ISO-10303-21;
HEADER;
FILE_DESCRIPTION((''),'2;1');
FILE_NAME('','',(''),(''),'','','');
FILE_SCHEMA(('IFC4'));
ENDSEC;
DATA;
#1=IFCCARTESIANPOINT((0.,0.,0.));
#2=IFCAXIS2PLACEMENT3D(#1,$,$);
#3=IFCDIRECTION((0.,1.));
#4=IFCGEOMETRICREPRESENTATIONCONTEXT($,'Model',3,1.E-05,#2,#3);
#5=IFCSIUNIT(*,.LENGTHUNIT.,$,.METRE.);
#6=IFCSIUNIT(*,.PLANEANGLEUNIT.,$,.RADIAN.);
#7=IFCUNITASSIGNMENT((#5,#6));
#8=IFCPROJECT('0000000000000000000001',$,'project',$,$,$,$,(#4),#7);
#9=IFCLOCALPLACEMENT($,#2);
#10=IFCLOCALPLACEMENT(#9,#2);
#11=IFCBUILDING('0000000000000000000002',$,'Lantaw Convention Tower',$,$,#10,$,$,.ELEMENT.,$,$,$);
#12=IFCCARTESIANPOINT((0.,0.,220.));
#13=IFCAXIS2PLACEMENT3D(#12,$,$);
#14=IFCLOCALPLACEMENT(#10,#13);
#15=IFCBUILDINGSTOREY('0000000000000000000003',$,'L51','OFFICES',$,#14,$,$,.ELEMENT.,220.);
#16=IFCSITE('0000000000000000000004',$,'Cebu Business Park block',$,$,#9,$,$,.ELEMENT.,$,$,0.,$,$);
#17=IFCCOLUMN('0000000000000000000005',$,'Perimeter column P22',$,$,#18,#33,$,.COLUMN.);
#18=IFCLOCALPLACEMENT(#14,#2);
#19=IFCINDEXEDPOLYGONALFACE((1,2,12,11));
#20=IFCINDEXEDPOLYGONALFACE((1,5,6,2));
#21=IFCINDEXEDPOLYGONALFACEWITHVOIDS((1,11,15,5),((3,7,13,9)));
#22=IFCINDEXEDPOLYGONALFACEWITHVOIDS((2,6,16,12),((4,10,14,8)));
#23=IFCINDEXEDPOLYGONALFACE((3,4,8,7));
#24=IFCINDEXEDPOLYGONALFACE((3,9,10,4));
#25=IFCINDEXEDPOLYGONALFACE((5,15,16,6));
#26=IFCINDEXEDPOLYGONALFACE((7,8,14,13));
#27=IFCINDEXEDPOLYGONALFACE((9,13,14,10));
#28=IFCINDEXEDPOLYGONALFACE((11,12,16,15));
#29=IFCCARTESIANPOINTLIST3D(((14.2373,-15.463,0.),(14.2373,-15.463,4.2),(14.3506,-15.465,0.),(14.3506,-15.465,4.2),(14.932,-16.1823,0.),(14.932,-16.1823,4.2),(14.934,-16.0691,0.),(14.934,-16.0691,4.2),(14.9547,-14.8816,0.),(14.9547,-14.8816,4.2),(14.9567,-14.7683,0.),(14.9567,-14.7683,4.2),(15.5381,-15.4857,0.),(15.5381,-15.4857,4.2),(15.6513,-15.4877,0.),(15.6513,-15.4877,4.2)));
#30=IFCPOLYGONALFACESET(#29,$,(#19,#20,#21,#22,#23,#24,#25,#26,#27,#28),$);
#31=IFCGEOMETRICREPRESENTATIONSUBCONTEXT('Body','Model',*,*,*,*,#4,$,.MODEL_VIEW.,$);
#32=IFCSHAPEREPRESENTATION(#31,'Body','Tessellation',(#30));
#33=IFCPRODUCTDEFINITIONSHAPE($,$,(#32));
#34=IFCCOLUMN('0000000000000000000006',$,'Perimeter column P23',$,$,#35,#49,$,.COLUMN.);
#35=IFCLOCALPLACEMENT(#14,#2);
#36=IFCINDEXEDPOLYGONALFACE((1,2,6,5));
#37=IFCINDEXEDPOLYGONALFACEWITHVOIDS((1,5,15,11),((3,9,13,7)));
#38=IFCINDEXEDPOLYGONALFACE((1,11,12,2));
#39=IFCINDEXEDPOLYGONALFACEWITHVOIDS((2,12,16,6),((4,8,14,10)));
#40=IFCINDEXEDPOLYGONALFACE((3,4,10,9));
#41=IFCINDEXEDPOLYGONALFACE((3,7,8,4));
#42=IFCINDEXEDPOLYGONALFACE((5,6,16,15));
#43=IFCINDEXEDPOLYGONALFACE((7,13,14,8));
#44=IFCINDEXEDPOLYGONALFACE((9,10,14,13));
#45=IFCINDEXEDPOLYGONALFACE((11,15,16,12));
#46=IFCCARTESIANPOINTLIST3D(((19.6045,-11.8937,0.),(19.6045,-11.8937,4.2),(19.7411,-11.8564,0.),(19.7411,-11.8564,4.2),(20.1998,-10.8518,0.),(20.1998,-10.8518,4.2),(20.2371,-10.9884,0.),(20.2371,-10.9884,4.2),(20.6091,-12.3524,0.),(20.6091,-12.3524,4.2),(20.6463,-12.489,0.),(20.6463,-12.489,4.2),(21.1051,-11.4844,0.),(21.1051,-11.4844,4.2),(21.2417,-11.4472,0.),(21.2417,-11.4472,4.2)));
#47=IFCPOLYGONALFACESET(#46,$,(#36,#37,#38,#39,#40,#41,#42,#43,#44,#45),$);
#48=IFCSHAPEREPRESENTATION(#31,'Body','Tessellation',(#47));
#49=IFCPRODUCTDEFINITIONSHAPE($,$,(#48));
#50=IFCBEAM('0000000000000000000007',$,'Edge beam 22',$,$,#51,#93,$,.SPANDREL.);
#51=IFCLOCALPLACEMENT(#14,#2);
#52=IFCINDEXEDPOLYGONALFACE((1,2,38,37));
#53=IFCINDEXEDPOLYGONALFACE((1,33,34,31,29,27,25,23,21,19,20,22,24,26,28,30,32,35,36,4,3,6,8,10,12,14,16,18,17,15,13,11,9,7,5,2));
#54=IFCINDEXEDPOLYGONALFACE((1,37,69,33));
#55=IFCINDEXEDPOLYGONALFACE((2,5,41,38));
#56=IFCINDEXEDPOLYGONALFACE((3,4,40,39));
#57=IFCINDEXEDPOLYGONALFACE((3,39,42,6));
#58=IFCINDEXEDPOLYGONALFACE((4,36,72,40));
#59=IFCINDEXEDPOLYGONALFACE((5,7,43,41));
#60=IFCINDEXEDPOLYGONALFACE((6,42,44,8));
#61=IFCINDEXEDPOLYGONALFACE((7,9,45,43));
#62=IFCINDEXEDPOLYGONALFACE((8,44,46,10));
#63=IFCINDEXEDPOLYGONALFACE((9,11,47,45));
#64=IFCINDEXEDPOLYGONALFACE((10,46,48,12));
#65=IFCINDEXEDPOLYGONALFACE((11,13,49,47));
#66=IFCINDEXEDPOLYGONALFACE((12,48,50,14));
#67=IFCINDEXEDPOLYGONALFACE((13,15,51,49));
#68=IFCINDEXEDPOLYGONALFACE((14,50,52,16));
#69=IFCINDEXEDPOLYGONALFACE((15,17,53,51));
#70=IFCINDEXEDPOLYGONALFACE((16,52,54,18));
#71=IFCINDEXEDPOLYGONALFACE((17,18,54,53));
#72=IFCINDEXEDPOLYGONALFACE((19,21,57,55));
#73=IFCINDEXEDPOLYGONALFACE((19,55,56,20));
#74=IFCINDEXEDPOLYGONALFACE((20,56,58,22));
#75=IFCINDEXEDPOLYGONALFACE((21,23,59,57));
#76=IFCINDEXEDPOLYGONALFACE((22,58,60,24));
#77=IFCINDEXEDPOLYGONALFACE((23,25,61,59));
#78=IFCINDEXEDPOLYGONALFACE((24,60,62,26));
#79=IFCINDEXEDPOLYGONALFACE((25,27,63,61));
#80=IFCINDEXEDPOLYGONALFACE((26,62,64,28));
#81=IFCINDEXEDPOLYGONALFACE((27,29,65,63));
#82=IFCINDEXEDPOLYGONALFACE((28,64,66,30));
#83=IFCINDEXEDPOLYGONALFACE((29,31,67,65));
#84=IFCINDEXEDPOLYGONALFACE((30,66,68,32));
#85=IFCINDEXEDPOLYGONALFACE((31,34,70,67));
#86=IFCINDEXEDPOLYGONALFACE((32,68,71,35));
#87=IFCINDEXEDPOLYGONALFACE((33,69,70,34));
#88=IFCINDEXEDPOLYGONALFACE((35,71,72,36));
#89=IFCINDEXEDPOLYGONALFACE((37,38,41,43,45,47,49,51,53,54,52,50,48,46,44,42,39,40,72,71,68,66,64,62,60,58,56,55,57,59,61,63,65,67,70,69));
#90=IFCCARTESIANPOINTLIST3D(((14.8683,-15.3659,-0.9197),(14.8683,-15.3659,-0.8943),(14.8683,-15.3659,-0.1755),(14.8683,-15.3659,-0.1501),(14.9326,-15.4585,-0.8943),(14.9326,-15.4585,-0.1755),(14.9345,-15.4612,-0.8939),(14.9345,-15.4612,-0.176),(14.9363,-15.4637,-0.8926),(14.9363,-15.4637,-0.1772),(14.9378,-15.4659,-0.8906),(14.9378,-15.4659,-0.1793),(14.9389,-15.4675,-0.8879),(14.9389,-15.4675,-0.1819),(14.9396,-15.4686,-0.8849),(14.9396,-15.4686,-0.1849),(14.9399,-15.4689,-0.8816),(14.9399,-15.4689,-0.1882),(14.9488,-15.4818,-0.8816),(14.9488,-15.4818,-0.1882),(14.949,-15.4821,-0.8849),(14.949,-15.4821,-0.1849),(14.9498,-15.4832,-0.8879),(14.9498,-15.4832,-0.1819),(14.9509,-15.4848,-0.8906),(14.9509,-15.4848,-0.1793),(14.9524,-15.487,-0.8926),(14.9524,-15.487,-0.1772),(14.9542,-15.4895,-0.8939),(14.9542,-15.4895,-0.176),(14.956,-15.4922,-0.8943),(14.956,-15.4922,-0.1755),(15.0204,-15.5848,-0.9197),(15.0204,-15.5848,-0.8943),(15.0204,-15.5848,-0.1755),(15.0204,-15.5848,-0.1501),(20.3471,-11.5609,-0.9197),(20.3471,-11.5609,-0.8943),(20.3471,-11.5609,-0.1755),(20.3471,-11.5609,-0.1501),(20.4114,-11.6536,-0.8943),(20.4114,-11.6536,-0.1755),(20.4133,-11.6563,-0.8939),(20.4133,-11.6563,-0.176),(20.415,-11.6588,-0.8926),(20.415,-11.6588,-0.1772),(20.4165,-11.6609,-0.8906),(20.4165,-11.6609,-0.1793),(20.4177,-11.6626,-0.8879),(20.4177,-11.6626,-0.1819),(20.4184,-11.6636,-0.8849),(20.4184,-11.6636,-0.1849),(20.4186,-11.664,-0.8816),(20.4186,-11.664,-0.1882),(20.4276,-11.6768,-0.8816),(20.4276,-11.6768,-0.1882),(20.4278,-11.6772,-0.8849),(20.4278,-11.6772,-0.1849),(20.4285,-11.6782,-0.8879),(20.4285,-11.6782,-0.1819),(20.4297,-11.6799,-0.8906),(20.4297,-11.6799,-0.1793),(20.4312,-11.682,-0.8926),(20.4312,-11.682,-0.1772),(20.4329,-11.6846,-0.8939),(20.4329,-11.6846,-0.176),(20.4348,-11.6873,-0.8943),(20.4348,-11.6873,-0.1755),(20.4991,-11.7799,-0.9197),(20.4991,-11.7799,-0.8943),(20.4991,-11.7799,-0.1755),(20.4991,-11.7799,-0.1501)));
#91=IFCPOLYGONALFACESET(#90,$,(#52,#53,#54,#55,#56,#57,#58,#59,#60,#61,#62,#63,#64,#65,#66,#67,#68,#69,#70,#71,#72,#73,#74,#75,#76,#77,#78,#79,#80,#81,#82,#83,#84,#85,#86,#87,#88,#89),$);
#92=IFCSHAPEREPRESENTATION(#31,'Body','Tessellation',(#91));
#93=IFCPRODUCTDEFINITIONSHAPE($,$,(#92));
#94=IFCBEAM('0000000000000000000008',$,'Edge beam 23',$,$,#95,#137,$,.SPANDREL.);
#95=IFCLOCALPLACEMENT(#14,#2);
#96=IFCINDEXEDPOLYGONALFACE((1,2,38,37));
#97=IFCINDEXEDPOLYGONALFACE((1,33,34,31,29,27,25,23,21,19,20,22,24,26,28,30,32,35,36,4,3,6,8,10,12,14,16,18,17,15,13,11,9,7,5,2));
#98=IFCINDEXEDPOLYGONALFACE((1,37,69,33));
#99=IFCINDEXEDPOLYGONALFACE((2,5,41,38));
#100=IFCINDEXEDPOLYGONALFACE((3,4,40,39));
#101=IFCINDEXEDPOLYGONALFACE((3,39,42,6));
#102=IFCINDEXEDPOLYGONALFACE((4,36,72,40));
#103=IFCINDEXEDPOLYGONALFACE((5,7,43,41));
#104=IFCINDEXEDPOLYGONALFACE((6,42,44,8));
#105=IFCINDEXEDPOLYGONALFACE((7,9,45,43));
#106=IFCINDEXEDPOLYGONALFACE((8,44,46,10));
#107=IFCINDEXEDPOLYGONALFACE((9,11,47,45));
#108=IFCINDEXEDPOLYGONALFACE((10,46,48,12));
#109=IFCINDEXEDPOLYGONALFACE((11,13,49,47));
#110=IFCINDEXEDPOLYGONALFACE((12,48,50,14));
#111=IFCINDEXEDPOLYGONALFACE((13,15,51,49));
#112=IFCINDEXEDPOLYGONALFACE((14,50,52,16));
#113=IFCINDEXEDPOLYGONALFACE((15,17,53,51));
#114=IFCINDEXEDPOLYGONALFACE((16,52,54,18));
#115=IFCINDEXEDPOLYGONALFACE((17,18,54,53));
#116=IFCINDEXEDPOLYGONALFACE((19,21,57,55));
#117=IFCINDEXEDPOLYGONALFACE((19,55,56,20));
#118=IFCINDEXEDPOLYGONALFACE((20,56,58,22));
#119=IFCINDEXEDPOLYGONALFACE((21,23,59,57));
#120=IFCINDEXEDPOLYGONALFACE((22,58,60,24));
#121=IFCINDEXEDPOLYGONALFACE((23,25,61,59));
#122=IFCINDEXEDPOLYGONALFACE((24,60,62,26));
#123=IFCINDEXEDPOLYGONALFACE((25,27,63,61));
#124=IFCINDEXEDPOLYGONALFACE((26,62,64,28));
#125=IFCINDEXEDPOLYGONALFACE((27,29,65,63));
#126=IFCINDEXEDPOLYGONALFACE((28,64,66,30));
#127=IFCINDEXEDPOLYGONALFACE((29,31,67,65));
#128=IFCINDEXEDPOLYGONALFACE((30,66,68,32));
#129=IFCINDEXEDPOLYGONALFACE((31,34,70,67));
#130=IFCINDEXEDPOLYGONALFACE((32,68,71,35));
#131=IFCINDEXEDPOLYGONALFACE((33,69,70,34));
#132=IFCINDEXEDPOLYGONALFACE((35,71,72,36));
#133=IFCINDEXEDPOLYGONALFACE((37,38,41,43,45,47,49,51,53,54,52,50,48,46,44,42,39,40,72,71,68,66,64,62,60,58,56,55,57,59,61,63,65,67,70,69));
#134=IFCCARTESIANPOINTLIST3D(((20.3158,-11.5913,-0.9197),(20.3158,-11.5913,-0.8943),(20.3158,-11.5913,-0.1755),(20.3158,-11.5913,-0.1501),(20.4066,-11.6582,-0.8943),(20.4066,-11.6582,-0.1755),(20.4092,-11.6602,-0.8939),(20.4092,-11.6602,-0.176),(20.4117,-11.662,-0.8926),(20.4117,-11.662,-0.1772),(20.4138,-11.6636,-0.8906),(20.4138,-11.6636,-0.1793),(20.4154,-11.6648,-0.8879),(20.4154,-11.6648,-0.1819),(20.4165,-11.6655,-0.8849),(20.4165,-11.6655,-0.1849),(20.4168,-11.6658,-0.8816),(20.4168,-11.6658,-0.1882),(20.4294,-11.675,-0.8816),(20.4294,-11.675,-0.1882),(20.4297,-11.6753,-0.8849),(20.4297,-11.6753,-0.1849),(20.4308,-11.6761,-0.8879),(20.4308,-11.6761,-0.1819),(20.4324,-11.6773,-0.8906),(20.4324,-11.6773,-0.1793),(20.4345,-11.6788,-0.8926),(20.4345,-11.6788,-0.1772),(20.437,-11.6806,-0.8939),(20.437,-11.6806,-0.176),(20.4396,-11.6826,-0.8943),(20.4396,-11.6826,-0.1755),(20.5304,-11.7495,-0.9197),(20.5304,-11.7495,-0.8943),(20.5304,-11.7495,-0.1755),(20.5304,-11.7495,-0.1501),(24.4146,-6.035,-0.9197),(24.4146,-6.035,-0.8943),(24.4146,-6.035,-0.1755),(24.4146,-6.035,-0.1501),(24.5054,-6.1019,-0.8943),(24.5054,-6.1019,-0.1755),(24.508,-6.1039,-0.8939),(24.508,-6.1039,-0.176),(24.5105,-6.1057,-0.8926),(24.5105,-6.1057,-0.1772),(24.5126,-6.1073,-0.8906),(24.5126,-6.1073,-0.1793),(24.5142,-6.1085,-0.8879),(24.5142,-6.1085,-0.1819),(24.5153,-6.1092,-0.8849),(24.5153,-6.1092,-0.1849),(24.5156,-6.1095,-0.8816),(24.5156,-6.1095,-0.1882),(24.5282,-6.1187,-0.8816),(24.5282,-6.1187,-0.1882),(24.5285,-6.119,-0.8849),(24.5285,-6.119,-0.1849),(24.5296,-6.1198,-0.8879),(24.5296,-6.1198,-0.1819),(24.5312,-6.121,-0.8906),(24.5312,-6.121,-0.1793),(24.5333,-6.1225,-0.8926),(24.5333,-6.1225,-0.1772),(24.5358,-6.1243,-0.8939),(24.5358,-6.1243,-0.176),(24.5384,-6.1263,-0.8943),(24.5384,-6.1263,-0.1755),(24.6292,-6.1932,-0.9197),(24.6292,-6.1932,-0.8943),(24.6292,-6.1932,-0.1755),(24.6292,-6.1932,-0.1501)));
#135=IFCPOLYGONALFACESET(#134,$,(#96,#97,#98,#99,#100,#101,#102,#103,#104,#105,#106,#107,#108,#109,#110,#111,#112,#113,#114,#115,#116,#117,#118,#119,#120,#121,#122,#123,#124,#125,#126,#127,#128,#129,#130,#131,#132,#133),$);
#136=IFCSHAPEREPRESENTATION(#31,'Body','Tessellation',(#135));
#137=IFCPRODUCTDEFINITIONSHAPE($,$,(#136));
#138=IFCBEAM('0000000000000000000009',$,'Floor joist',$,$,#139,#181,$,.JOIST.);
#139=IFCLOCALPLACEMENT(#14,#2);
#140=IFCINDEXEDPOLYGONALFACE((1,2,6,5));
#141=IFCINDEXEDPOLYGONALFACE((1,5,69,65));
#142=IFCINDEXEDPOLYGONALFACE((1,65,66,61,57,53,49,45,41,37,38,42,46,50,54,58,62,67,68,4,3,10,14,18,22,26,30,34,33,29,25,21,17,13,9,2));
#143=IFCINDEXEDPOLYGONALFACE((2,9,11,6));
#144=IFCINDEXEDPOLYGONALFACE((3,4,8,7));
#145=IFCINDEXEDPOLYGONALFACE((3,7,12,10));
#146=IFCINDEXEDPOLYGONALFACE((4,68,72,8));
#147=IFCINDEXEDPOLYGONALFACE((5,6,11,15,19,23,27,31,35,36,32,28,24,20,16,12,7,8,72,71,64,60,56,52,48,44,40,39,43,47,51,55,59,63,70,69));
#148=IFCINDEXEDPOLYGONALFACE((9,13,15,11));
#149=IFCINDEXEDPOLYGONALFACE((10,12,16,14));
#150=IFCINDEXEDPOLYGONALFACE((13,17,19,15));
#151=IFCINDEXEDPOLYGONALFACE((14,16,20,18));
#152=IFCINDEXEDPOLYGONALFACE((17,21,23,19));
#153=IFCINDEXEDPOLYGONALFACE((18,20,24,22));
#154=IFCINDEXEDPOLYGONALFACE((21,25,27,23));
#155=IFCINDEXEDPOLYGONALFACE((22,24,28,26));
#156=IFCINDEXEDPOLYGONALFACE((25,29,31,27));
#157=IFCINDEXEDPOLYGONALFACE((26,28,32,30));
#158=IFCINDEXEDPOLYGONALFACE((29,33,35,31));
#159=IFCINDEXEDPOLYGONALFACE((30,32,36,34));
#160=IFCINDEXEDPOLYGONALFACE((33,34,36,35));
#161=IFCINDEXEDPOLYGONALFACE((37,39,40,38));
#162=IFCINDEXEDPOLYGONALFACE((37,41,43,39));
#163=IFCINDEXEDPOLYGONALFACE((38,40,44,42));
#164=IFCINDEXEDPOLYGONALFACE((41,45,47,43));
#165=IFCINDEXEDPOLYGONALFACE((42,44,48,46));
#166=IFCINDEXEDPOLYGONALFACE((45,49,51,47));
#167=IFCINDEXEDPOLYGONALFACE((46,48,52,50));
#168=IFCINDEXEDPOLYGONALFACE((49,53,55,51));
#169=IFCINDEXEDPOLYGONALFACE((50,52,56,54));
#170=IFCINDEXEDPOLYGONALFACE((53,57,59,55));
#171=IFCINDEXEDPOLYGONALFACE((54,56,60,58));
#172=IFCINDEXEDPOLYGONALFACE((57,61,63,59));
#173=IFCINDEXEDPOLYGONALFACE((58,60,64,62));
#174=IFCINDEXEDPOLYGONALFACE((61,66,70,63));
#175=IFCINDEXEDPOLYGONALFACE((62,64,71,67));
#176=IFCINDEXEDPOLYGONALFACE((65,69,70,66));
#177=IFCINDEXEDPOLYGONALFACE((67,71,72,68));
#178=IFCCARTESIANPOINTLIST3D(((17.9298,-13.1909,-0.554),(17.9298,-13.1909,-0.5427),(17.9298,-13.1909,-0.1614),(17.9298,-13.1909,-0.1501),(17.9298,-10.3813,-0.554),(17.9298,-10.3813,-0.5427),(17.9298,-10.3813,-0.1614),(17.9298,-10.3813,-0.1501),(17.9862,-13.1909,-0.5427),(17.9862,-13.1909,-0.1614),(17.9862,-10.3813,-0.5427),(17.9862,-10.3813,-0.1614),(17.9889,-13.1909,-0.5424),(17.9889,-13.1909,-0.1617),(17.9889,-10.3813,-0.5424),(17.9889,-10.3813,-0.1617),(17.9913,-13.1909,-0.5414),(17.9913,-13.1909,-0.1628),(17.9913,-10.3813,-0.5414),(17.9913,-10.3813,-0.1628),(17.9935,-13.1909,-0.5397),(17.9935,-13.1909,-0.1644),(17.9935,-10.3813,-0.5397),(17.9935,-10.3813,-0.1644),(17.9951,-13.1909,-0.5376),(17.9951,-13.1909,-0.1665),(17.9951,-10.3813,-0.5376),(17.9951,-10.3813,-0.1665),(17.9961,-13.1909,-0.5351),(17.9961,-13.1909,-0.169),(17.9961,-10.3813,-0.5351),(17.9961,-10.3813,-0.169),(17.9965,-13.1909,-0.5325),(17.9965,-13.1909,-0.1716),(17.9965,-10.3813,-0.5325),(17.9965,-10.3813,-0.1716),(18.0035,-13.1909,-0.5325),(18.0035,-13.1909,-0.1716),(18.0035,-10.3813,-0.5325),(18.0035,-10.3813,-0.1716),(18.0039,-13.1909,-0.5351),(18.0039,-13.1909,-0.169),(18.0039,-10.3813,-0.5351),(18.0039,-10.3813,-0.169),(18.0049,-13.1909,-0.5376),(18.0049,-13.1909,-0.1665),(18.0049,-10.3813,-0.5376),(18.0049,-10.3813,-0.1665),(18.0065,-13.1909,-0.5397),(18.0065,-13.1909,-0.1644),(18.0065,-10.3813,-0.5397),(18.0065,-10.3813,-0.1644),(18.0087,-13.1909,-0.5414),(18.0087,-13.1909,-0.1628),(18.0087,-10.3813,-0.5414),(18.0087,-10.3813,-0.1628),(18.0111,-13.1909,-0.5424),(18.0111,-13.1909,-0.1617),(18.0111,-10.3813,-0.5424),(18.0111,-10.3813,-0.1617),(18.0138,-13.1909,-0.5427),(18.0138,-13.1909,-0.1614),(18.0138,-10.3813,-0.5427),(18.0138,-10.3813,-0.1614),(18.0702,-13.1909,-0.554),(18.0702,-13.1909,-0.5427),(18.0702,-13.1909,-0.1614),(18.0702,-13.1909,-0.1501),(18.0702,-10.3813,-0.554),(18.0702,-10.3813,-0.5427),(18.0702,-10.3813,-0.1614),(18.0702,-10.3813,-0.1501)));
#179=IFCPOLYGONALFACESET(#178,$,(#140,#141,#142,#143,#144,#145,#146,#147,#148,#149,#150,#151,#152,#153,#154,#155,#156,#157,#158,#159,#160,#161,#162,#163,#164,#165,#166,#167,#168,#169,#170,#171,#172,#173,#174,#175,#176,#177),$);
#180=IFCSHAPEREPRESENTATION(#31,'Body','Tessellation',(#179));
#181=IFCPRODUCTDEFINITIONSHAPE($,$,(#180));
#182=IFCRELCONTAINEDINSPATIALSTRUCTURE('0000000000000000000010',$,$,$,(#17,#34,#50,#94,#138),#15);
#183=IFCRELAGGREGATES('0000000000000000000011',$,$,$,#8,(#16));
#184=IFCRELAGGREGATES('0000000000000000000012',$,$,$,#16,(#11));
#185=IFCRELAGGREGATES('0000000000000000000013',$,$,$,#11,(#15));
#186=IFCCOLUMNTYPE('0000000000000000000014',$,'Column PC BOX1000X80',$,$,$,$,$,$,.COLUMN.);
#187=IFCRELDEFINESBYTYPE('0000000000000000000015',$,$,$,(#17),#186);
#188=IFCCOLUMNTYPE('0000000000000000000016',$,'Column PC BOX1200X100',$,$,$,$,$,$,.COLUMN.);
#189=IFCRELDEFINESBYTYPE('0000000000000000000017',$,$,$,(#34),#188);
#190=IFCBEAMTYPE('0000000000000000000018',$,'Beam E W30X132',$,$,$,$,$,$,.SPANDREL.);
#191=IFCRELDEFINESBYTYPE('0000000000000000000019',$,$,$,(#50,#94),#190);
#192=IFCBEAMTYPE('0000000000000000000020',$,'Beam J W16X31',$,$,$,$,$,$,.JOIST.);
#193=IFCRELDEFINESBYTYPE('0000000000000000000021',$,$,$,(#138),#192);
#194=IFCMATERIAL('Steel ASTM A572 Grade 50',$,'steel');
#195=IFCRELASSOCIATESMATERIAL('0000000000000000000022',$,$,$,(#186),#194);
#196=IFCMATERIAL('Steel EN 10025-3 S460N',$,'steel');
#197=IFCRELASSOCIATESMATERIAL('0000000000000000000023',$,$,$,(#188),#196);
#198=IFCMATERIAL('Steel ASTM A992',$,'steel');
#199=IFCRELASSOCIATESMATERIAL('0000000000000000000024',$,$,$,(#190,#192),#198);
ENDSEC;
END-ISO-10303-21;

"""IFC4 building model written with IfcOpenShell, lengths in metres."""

from ifc_helpers import new_model, si_unit, direction, frame, origin, origin_2d, place, context, subcontext, project, spatial, rectangle, hollow_rectangle, i_section, extrude, material, material_profile, profile_set, type_object, element, save


model = new_model("IFC4")

# Units and contexts
model_context = context("Model", 3, precision=1e-05, world=origin(), true_north=direction((0.0, 1.0)))
body_context = subcontext(model_context, "Body", "Model", "MODEL_VIEW")
ifc_project = project(units=[si_unit("LENGTHUNIT", "METRE"), si_unit("PLANEANGLEUNIT", "RADIAN")], contexts=[model_context])

# Site, building, storey
site_placement = place(None, origin())
site = spatial("IfcSite", under=ifc_project, at=site_placement, Name="Cebu Business Park block", CompositionType="ELEMENT", RefElevation=0.0)
building_placement = place(site_placement, origin())
building = spatial("IfcBuilding", under=site, at=building_placement, Name="Lantaw Convention Tower", CompositionType="ELEMENT")
storey_placement = place(building_placement, frame((0.0, 0.0, 220.0)))
storey = spatial("IfcBuildingStorey", under=building, at=storey_placement, Name="L51", Description="OFFICES", CompositionType="ELEMENT", Elevation=220.0)

# Columns
ifc_material_1 = material(Name="Steel ASTM A572 Grade 50", Category="steel")
ifc_material_profile_1 = material_profile(ifc_material_1, hollow_rectangle(XDim=1.0, YDim=1.0, WallThickness=0.0801, at=origin_2d()), Name="BOX1000X80")
ifc_material_2 = material(Name="Concrete C60/75", Category="concrete")
ifc_material_profile_2 = material_profile(ifc_material_2, rectangle(XDim=0.8401, YDim=0.8401, at=origin_2d()), Name="Concrete fill of BOX1000X80")
ifc_profile_set_1 = profile_set([ifc_material_profile_1, ifc_material_profile_2], Name="Steel ASTM A572 Grade 50")
column_type_1 = type_object("IfcColumnType", Name="Column PC BOX1000X80", PredefinedType="COLUMN", material=ifc_profile_set_1)
column_1_placement = place(storey_placement, frame((14.9443, -15.4753, 0.0), z_axis=(0.0, 0.0, 1.0), x_axis=(0.71934, 0.694658, 0.0)))
element("IfcColumn", 1, at=column_1_placement, inside=storey, type_object=column_type_1, Name="Perimeter column P22", PredefinedType="COLUMN", context=body_context, shape_type="SweptSolid", body=[
    extrude(hollow_rectangle(XDim=1.0, YDim=1.0, WallThickness=0.0801, at=origin_2d()), origin(), (0.0, 0.0, 1.0), 4.2),
])
ifc_material_3 = material(Name="Steel EN 10025-3 S460N", Category="steel")
ifc_material_profile_3 = material_profile(ifc_material_3, hollow_rectangle(XDim=1.2, YDim=1.2, WallThickness=0.1001, at=origin_2d()), Name="BOX1200X100")
ifc_material_profile_4 = material_profile(ifc_material_2, rectangle(XDim=1.0, YDim=1.0, at=origin_2d()), Name="Concrete fill of BOX1200X100")
ifc_profile_set_2 = profile_set([ifc_material_profile_3, ifc_material_profile_4], Name="Steel EN 10025-3 S460N")
column_type_2 = type_object("IfcColumnType", Name="Column PC BOX1200X100", PredefinedType="COLUMN", material=ifc_profile_set_2)
column_2_placement = place(storey_placement, frame((20.4231, -11.6704, 0.0), z_axis=(0.0, 0.0, 1.0), x_axis=(0.496139, 0.868243, 0.0)))
element("IfcColumn", 2, at=column_2_placement, inside=storey, type_object=column_type_2, Name="Perimeter column P23", PredefinedType="COLUMN", context=body_context, shape_type="SweptSolid", body=[
    extrude(hollow_rectangle(XDim=1.2, YDim=1.2, WallThickness=0.1001, at=origin_2d()), origin(), (0.0, 0.0, 1.0), 4.2),
])

# Beams
ifc_material_4 = material(Name="Steel ASTM A992", Category="steel")
ifc_material_profile_5 = material_profile(ifc_material_4, i_section(OverallWidth=0.2666, OverallDepth=0.7695, WebThickness=0.0156, FlangeThickness=0.0254, FilletRadius=0.0127, at=origin_2d()), Name="W30X132")
ifc_profile_set_3 = profile_set([ifc_material_profile_5], Name="Steel ASTM A992")
beam_type_1 = type_object("IfcBeamType", Name="Beam E W30X132", PredefinedType="SPANDREL", material=ifc_profile_set_3)
beam_1_placement = place(storey_placement, frame((14.9443, -15.4753, -0.5349), z_axis=(0.821353, 0.57042, 0.0), x_axis=(-0.57042, 0.821353, 0.0)))
element("IfcBeam", 3, at=beam_1_placement, inside=storey, type_object=beam_type_1, Name="Edge beam 22", PredefinedType="SPANDREL", context=body_context, shape_type="SweptSolid", body=[
    extrude(i_section(OverallWidth=0.2666, OverallDepth=0.7695, WebThickness=0.0156, FlangeThickness=0.0254, FilletRadius=0.0127, at=origin_2d()), origin(), (0.0, 0.0, 1.0), 6.6704),
])
beam_2_placement = place(storey_placement, frame((20.4231, -11.6704, -0.5349), z_axis=(0.593639, 0.804731, 0.0), x_axis=(-0.804731, 0.593639, 0.0)))
element("IfcBeam", 4, at=beam_2_placement, inside=storey, type_object=beam_type_1, Name="Edge beam 23", PredefinedType="SPANDREL", context=body_context, shape_type="SweptSolid", body=[
    extrude(i_section(OverallWidth=0.2666, OverallDepth=0.7695, WebThickness=0.0156, FlangeThickness=0.0254, FilletRadius=0.0127, at=origin_2d()), origin(), (0.0, 0.0, 1.0), 6.9045),
])
ifc_material_profile_6 = material_profile(ifc_material_4, i_section(OverallWidth=0.1404, OverallDepth=0.4038, WebThickness=0.0071, FlangeThickness=0.0112, FilletRadius=0.0103, at=origin_2d()), Name="W16X31")
ifc_profile_set_4 = profile_set([ifc_material_profile_6], Name="Steel ASTM A992")
beam_type_2 = type_object("IfcBeamType", Name="Beam J W16X31", PredefinedType="JOIST", material=ifc_profile_set_4)
beam_3_placement = place(storey_placement, frame((18.0, -13.1909, -0.3521), z_axis=(0.0, 1.0, 0.0), x_axis=(-1.0, 0.0, 0.0)))
element("IfcBeam", 5, at=beam_3_placement, inside=storey, type_object=beam_type_2, Name="Floor joist", PredefinedType="JOIST", context=body_context, shape_type="SweptSolid", body=[
    extrude(i_section(OverallWidth=0.1404, OverallDepth=0.4038, WebThickness=0.0071, FlangeThickness=0.0112, FilletRadius=0.0103, at=origin_2d()), origin(), (0.0, 0.0, 1.0), 2.8096),
])

save(model, "model.ifc")
